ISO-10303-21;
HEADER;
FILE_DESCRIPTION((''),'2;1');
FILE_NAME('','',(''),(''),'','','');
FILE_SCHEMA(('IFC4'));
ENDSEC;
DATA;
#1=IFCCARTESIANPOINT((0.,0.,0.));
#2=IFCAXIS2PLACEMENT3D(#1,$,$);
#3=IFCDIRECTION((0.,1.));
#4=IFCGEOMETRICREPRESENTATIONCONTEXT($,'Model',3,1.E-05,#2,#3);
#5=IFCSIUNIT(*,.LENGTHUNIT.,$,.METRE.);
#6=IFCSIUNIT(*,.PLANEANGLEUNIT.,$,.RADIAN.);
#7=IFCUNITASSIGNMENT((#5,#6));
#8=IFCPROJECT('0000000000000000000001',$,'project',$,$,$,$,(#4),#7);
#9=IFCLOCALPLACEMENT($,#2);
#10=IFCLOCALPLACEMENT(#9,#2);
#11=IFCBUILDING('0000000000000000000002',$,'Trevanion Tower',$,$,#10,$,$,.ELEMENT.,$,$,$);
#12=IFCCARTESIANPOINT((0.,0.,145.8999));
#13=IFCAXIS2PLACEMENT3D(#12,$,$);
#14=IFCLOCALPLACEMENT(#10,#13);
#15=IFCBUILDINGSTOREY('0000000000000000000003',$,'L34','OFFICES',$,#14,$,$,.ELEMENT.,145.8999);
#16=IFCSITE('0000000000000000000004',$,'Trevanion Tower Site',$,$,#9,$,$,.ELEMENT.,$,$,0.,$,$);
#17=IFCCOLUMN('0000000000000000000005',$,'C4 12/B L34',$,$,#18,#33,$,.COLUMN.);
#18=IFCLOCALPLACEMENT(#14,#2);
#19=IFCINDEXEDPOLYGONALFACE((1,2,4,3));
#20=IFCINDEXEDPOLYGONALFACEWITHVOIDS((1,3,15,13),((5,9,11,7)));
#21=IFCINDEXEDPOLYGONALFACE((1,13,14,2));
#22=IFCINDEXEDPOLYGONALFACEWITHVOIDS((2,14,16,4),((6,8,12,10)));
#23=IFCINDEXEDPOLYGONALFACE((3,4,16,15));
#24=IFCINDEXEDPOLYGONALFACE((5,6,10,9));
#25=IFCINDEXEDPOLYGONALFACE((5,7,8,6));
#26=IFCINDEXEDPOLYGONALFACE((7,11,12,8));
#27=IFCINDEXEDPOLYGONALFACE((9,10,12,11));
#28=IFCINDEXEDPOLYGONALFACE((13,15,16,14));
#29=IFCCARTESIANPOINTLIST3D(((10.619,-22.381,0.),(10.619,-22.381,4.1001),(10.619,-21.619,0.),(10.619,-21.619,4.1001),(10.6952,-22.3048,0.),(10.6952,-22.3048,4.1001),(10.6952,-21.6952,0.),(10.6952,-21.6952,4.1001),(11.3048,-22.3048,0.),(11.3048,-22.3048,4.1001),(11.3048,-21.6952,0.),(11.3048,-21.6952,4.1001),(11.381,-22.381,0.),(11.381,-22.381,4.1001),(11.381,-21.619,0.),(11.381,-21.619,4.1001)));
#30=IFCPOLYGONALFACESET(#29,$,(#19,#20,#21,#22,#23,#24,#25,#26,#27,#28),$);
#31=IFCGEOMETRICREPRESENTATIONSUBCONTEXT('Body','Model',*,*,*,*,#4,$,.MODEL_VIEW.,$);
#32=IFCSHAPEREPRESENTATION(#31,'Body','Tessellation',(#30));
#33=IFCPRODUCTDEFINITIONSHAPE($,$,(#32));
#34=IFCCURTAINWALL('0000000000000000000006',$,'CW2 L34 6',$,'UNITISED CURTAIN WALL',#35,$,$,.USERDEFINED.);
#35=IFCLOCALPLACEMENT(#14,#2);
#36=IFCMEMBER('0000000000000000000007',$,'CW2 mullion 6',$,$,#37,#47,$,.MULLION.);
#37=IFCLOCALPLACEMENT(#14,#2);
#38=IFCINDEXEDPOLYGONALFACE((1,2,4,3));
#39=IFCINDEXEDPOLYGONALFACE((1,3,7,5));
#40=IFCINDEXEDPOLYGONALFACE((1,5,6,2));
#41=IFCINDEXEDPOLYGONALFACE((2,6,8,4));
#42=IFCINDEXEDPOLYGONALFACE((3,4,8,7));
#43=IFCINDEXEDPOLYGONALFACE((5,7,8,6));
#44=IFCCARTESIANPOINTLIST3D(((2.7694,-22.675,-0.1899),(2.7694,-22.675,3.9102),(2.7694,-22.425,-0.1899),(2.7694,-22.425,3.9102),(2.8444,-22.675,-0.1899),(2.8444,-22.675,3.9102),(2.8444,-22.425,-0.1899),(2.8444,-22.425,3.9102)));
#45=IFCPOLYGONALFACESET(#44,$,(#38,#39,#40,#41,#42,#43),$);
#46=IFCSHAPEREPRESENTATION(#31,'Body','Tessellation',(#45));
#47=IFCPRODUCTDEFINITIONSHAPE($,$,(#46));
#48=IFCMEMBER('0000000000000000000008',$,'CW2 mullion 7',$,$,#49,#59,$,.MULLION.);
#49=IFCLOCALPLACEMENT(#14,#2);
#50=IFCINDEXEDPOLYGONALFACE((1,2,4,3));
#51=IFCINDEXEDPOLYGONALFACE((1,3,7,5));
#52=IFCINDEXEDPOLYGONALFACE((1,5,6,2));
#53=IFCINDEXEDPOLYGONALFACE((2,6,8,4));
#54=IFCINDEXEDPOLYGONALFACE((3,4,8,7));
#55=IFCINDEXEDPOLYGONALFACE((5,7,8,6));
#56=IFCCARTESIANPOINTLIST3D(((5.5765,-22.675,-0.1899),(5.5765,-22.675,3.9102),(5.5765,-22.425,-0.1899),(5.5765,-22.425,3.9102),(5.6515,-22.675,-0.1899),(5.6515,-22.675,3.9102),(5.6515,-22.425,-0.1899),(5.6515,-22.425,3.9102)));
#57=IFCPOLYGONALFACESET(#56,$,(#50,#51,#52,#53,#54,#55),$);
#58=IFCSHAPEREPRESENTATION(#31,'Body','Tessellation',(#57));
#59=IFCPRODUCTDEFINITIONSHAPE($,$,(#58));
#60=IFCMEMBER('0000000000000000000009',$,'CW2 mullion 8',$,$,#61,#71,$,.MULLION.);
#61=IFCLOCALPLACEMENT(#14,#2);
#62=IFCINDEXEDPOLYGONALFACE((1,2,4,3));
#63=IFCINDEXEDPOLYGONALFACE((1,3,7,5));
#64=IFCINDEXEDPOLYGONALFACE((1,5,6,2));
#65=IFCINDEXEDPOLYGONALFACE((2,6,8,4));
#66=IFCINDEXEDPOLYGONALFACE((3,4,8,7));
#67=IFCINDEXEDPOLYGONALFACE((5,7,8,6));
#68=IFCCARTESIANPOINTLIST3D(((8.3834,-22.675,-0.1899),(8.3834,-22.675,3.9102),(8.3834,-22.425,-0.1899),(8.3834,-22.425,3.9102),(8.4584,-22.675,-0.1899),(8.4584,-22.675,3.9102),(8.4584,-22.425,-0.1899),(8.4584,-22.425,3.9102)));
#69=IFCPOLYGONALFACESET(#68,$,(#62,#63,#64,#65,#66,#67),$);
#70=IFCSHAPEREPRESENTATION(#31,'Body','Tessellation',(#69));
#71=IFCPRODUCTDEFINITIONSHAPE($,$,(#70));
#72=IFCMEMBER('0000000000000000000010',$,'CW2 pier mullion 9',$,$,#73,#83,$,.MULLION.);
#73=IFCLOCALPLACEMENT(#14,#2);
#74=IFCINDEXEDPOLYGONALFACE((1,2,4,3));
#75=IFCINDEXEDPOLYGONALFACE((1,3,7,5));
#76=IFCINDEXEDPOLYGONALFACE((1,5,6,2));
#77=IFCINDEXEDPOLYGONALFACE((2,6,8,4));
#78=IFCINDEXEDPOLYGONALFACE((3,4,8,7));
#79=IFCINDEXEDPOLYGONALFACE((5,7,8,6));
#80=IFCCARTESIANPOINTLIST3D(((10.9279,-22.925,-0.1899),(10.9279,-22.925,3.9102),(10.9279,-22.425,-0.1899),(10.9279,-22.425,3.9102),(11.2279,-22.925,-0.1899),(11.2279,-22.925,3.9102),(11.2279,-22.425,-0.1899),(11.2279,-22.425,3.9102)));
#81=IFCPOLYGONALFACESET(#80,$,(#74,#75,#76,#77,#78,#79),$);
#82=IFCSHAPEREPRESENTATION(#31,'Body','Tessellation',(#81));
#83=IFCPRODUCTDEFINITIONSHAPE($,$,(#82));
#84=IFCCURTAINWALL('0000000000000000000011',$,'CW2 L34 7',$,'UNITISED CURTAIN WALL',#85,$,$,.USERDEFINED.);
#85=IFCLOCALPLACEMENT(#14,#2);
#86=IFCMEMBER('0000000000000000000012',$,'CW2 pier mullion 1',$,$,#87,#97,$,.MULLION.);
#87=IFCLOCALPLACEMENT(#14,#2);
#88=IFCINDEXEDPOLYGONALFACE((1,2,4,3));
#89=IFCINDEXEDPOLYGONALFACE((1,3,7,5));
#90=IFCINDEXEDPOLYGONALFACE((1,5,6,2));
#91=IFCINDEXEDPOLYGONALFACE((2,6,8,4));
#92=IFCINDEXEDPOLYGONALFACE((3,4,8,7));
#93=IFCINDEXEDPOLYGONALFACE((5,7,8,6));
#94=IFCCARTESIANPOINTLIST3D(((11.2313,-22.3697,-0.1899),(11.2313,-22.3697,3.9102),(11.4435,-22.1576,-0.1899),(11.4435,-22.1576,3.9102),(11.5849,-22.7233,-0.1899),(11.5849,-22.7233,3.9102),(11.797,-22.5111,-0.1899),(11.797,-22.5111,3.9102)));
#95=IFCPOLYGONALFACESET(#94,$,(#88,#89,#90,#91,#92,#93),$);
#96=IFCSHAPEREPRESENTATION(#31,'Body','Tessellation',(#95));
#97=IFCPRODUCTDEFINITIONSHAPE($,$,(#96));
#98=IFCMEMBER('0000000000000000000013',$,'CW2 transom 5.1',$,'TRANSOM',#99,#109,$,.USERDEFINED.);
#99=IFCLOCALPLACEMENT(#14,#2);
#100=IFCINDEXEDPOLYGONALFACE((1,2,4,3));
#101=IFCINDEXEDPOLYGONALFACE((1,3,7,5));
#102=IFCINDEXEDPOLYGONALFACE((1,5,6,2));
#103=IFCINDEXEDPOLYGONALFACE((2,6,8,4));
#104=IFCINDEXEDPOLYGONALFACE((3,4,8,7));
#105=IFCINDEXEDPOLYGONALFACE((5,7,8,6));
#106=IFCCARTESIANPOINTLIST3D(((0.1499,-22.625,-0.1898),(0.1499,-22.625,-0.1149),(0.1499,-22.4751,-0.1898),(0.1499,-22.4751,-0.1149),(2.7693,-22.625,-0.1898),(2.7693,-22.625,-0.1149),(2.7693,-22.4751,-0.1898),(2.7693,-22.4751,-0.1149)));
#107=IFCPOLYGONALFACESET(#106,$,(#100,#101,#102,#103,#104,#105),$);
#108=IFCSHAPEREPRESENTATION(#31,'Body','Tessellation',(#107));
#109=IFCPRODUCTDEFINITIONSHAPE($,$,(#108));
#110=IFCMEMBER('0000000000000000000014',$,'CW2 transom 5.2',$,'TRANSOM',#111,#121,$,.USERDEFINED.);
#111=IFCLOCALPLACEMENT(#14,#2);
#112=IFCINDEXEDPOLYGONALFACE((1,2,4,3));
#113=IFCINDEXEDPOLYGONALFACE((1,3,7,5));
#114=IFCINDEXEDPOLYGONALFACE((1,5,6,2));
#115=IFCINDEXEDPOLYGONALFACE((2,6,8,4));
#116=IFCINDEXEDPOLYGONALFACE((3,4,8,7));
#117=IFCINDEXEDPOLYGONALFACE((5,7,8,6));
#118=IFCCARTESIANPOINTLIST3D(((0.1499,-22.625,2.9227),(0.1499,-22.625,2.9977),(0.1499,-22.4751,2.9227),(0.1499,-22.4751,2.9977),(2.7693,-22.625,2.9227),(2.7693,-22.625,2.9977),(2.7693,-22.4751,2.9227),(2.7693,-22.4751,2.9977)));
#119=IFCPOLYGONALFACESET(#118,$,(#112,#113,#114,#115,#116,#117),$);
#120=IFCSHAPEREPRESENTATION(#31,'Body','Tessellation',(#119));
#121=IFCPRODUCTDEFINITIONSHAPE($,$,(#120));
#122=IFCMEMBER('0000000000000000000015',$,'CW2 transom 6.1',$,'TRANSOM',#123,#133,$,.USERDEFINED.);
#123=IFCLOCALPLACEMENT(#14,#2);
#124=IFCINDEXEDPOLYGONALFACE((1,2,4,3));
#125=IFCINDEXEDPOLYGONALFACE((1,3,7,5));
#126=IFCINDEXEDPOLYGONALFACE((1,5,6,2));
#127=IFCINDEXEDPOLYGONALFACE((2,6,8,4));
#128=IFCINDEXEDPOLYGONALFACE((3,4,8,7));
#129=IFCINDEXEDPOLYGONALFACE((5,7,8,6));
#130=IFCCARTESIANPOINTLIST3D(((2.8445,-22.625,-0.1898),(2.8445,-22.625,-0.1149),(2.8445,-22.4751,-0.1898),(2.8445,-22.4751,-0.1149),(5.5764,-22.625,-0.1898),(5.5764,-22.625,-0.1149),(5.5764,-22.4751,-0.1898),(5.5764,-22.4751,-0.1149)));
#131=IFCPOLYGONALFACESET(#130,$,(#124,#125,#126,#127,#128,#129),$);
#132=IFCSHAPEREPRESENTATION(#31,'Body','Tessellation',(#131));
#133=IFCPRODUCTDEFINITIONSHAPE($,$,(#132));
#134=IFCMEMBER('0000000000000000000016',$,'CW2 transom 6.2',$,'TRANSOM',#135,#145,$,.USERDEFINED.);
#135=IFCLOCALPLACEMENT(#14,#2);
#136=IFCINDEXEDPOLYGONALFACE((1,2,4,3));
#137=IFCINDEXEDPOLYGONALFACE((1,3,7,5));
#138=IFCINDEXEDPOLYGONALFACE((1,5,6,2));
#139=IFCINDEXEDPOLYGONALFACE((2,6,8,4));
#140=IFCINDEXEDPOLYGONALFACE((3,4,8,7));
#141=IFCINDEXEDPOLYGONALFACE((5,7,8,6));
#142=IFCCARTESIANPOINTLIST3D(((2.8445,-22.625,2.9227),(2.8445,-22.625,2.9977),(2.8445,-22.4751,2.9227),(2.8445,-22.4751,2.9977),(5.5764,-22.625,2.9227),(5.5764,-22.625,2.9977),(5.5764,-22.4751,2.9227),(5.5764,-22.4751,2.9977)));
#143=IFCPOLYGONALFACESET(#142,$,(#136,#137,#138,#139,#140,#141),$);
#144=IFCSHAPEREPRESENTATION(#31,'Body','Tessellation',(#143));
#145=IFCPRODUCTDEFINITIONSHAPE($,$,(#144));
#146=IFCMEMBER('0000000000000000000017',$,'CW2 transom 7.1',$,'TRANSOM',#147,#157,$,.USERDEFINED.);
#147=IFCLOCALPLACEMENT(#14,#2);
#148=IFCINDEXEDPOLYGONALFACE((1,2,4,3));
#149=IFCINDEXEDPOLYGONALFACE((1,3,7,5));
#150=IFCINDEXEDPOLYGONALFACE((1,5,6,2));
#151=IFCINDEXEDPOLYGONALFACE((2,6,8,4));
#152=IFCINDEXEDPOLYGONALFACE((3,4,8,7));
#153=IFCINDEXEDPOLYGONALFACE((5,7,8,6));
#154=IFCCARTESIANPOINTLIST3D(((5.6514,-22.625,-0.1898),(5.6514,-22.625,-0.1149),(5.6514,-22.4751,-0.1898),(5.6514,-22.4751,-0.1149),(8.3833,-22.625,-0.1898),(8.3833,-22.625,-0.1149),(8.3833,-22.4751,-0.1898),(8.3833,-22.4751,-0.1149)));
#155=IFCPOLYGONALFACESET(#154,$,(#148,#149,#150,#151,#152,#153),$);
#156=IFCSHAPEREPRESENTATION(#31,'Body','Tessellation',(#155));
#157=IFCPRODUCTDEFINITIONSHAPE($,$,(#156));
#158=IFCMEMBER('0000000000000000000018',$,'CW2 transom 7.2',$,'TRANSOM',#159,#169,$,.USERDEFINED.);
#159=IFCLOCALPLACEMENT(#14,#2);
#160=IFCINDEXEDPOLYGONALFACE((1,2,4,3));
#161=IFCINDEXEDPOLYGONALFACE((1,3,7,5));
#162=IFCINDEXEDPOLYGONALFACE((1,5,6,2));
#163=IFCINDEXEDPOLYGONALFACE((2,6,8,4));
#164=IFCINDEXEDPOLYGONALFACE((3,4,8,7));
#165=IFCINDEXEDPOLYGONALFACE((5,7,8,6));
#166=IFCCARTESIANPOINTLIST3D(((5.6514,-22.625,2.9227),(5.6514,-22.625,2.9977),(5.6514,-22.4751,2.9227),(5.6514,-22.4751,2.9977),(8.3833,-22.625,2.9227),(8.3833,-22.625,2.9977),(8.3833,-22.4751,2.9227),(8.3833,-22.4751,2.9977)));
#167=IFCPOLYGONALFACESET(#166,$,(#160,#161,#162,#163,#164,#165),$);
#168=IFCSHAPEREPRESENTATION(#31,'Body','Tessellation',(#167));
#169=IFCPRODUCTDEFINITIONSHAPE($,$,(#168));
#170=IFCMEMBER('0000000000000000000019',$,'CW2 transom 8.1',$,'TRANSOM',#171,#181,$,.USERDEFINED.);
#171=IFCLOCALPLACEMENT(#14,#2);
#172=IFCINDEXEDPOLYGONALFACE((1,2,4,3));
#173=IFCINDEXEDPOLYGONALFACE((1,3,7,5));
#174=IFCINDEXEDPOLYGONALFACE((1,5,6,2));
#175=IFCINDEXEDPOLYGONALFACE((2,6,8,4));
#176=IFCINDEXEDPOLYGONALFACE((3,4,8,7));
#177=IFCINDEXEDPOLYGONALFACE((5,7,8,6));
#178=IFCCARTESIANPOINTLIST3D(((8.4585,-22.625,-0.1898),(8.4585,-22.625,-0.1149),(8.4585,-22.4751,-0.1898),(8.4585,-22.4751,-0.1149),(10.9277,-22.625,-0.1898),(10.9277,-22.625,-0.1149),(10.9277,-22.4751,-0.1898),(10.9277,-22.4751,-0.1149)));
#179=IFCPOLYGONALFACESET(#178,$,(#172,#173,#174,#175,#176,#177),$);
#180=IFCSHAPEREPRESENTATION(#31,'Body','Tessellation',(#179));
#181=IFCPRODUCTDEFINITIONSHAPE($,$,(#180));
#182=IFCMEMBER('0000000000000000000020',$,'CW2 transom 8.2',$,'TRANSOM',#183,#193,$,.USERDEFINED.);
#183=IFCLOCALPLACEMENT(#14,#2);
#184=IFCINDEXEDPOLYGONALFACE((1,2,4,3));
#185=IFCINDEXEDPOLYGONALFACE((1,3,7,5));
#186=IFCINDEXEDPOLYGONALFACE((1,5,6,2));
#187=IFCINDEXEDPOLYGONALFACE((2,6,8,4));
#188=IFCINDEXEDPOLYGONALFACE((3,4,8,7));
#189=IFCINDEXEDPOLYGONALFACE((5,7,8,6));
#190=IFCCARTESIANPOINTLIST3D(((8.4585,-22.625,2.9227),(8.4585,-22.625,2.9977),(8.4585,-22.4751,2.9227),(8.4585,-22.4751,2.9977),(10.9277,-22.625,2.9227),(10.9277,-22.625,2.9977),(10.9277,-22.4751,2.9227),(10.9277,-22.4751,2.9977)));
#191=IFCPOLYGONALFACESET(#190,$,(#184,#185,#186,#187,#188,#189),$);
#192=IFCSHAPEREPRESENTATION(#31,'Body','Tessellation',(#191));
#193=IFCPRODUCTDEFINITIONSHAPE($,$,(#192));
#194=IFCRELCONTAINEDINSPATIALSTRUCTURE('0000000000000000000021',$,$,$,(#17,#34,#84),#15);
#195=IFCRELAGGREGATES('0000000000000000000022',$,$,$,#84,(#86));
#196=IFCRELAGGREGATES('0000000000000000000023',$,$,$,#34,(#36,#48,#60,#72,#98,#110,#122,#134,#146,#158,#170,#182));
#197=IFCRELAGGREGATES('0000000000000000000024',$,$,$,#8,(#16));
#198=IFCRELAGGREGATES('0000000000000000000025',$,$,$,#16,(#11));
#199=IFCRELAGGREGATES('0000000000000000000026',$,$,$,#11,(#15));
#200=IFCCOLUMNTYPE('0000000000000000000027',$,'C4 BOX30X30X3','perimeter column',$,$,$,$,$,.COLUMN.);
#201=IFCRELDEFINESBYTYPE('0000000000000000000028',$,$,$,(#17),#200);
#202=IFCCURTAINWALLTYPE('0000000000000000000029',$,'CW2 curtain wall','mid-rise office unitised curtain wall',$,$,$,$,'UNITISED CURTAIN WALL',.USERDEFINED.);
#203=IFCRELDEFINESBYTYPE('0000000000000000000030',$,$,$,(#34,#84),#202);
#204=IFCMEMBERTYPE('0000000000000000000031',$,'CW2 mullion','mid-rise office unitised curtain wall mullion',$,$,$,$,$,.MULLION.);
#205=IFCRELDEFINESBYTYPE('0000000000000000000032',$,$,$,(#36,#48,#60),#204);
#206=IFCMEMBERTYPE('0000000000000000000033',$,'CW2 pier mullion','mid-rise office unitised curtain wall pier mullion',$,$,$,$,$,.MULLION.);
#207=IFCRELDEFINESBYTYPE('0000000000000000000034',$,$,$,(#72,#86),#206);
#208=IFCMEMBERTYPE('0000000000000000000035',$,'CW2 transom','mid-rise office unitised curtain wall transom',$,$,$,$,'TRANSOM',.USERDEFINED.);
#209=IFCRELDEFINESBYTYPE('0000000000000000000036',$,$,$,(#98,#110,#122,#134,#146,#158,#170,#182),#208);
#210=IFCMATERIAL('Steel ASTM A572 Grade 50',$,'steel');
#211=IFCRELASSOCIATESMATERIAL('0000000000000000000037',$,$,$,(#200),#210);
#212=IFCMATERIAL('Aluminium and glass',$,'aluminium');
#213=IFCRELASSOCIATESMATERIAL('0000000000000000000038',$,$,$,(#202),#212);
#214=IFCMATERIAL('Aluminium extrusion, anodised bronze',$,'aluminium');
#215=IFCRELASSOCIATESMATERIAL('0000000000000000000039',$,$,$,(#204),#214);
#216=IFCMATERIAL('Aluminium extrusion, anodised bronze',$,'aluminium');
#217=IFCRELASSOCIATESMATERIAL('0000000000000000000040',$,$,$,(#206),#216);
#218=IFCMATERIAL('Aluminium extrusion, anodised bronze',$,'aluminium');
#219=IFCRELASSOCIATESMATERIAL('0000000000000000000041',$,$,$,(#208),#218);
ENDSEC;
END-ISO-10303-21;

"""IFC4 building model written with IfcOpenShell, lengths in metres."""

from ifc_helpers import new_model, si_unit, direction, frame, origin, origin_2d, place, context, subcontext, project, spatial, rectangle, hollow_rectangle, extrude, material, material_profile, profile_set, type_object, element, aggregate, save


model = new_model("IFC4")

# Units and contexts
model_context = context("Model", 3, precision=1e-05, world=origin(), true_north=direction((0.0, 1.0)))
body_context = subcontext(model_context, "Body", "Model", "MODEL_VIEW")
ifc_project = project(units=[si_unit("LENGTHUNIT", "METRE"), si_unit("PLANEANGLEUNIT", "RADIAN")], contexts=[model_context])

# Site, building, storey
site_placement = place(None, origin())
site = spatial("IfcSite", under=ifc_project, at=site_placement, Name="Trevanion Tower Site", CompositionType="ELEMENT", RefElevation=0.0)
building_placement = place(site_placement, origin())
building = spatial("IfcBuilding", under=site, at=building_placement, Name="Trevanion Tower", CompositionType="ELEMENT")
storey_placement = place(building_placement, frame((0.0, 0.0, 145.8999)))
storey = spatial("IfcBuildingStorey", under=building, at=storey_placement, Name="L34", Description="OFFICES", CompositionType="ELEMENT", Elevation=145.8999)

# Column
ifc_material_1 = material(Name="Steel ASTM A572 Grade 50", Category="steel")
ifc_material_profile_1 = material_profile(ifc_material_1, hollow_rectangle(XDim=0.762, YDim=0.762, WallThickness=0.0762, at=origin_2d()), Name="BOX30X30X3")
ifc_profile_set_1 = profile_set([ifc_material_profile_1], Name="Steel ASTM A572 Grade 50")
column_type = type_object("IfcColumnType", Name="C4 BOX30X30X3", Description="perimeter column", PredefinedType="COLUMN", material=ifc_profile_set_1)
column_placement = place(storey_placement, frame((11.0, -22.0, 0.0), z_axis=(0.0, 0.0, 1.0), x_axis=(1.0, 0.0, 0.0)))
element("IfcColumn", 1, at=column_placement, inside=storey, type_object=column_type, Name="C4 12/B L34", PredefinedType="COLUMN", context=body_context, shape_type="SweptSolid", body=[
    extrude(hollow_rectangle(XDim=0.762, YDim=0.762, WallThickness=0.0762, at=origin_2d()), origin(), (0.0, 0.0, 1.0), 4.1001),
])

# Curtain wall, members
ifc_material_2 = material(Name="Aluminium and glass", Category="aluminium")
curtain_wall_type = type_object("IfcCurtainWallType", Name="CW2 curtain wall", Description="mid-rise office unitised curtain wall", ElementType="UNITISED CURTAIN WALL", PredefinedType="USERDEFINED", material=ifc_material_2)
curtain_wall_1_placement = place(storey_placement, origin())
curtain_wall_1 = element("IfcCurtainWall", 2, at=curtain_wall_1_placement, inside=storey, type_object=curtain_wall_type, Name="CW2 L34 6", ObjectType="UNITISED CURTAIN WALL", PredefinedType="USERDEFINED")
ifc_material_3 = material(Name="Aluminium extrusion, anodised bronze", Category="aluminium")
ifc_material_profile_2 = material_profile(ifc_material_3, rectangle(XDim=0.075, YDim=0.25, at=origin_2d()), Name="CW2 mullion")
ifc_profile_set_2 = profile_set([ifc_material_profile_2], Name="Aluminium extrusion, anodised bronze")
member_type_1 = type_object("IfcMemberType", Name="CW2 mullion", Description="mid-rise office unitised curtain wall mullion", PredefinedType="MULLION", material=ifc_profile_set_2)
member_1_placement = place(storey_placement, frame((2.8069, -22.55, -0.1899), z_axis=(0.0, 0.0, 1.0), x_axis=(1.0, 0.0, 0.0)))
member_1 = element("IfcMember", 3, at=member_1_placement, type_object=member_type_1, Name="CW2 mullion 6", PredefinedType="MULLION", context=body_context, shape_type="SweptSolid", body=[
    extrude(rectangle(XDim=0.075, YDim=0.25, at=origin_2d()), origin(), (0.0, 0.0, 1.0), 4.1001),
])
member_2_placement = place(storey_placement, frame((5.614, -22.55, -0.1899), z_axis=(0.0, 0.0, 1.0), x_axis=(1.0, 0.0, 0.0)))
member_2 = element("IfcMember", 4, at=member_2_placement, type_object=member_type_1, Name="CW2 mullion 7", PredefinedType="MULLION", context=body_context, shape_type="SweptSolid", body=[
    extrude(rectangle(XDim=0.075, YDim=0.25, at=origin_2d()), origin(), (0.0, 0.0, 1.0), 4.1001),
])
member_3_placement = place(storey_placement, frame((8.4209, -22.55, -0.1899), z_axis=(0.0, 0.0, 1.0), x_axis=(1.0, 0.0, 0.0)))
member_3 = element("IfcMember", 5, at=member_3_placement, type_object=member_type_1, Name="CW2 mullion 8", PredefinedType="MULLION", context=body_context, shape_type="SweptSolid", body=[
    extrude(rectangle(XDim=0.075, YDim=0.25, at=origin_2d()), origin(), (0.0, 0.0, 1.0), 4.1001),
])
ifc_material_4 = material(Name="Aluminium extrusion, anodised bronze", Category="aluminium")
ifc_material_profile_3 = material_profile(ifc_material_4, rectangle(XDim=0.3, YDim=0.5, at=origin_2d()), Name="CW2 pier mullion")
ifc_profile_set_3 = profile_set([ifc_material_profile_3], Name="Aluminium extrusion, anodised bronze")
member_type_2 = type_object("IfcMemberType", Name="CW2 pier mullion", Description="mid-rise office unitised curtain wall pier mullion", PredefinedType="MULLION", material=ifc_profile_set_3)
member_4_placement = place(storey_placement, frame((11.0779, -22.675, -0.1899), z_axis=(0.0, 0.0, 1.0), x_axis=(1.0, 0.0, 0.0)))
member_4 = element("IfcMember", 6, at=member_4_placement, type_object=member_type_2, Name="CW2 pier mullion 9", PredefinedType="MULLION", context=body_context, shape_type="SweptSolid", body=[
    extrude(rectangle(XDim=0.3, YDim=0.5, at=origin_2d()), origin(), (0.0, 0.0, 1.0), 4.1001),
])

# Curtain wall, member
curtain_wall_2_placement = place(storey_placement, origin())
curtain_wall_2 = element("IfcCurtainWall", 7, at=curtain_wall_2_placement, inside=storey, type_object=curtain_wall_type, Name="CW2 L34 7", ObjectType="UNITISED CURTAIN WALL", PredefinedType="USERDEFINED")
member_5_placement = place(storey_placement, frame((11.5142, -22.4404, -0.1899), z_axis=(0.0, 0.0, 1.0), x_axis=(0.707107, 0.707107, 0.0)))
member_5 = element("IfcMember", 8, at=member_5_placement, type_object=member_type_2, Name="CW2 pier mullion 1", PredefinedType="MULLION", context=body_context, shape_type="SweptSolid", body=[
    extrude(rectangle(XDim=0.3, YDim=0.5, at=origin_2d()), origin(), (0.0, 0.0, 1.0), 4.1001),
])

# Members
ifc_material_5 = material(Name="Aluminium extrusion, anodised bronze", Category="aluminium")
ifc_material_profile_4 = material_profile(ifc_material_5, rectangle(XDim=0.1499, YDim=0.075, at=origin_2d()), Name="CW2 transom")
ifc_profile_set_4 = profile_set([ifc_material_profile_4], Name="Aluminium extrusion, anodised bronze")
member_type_3 = type_object("IfcMemberType", Name="CW2 transom", Description="mid-rise office unitised curtain wall transom", ElementType="TRANSOM", PredefinedType="USERDEFINED", material=ifc_profile_set_4)
member_6_placement = place(storey_placement, frame((0.1499, -22.55, -0.1523), z_axis=(1.0, 0.0, 0.0), x_axis=(0.0, 1.0, 0.0)))
member_6 = element("IfcMember", 9, at=member_6_placement, type_object=member_type_3, Name="CW2 transom 5.1", ObjectType="TRANSOM", PredefinedType="USERDEFINED", context=body_context, shape_type="SweptSolid", body=[
    extrude(rectangle(XDim=0.1499, YDim=0.075, at=origin_2d()), origin(), (0.0, 0.0, 1.0), 2.6194),
])
member_7_placement = place(storey_placement, frame((0.1499, -22.55, 2.9602), z_axis=(1.0, 0.0, 0.0), x_axis=(0.0, 1.0, 0.0)))
member_7 = element("IfcMember", 10, at=member_7_placement, type_object=member_type_3, Name="CW2 transom 5.2", ObjectType="TRANSOM", PredefinedType="USERDEFINED", context=body_context, shape_type="SweptSolid", body=[
    extrude(rectangle(XDim=0.1499, YDim=0.075, at=origin_2d()), origin(), (0.0, 0.0, 1.0), 2.6194),
])
member_8_placement = place(storey_placement, frame((2.8445, -22.55, -0.1523), z_axis=(1.0, 0.0, 0.0), x_axis=(0.0, 1.0, 0.0)))
member_8 = element("IfcMember", 11, at=member_8_placement, type_object=member_type_3, Name="CW2 transom 6.1", ObjectType="TRANSOM", PredefinedType="USERDEFINED", context=body_context, shape_type="SweptSolid", body=[
    extrude(rectangle(XDim=0.1499, YDim=0.075, at=origin_2d()), origin(), (0.0, 0.0, 1.0), 2.7319),
])
member_9_placement = place(storey_placement, frame((2.8445, -22.55, 2.9602), z_axis=(1.0, 0.0, 0.0), x_axis=(0.0, 1.0, 0.0)))
member_9 = element("IfcMember", 12, at=member_9_placement, type_object=member_type_3, Name="CW2 transom 6.2", ObjectType="TRANSOM", PredefinedType="USERDEFINED", context=body_context, shape_type="SweptSolid", body=[
    extrude(rectangle(XDim=0.1499, YDim=0.075, at=origin_2d()), origin(), (0.0, 0.0, 1.0), 2.7319),
])
member_10_placement = place(storey_placement, frame((5.6514, -22.55, -0.1523), z_axis=(1.0, 0.0, 0.0), x_axis=(0.0, 1.0, 0.0)))
member_10 = element("IfcMember", 13, at=member_10_placement, type_object=member_type_3, Name="CW2 transom 7.1", ObjectType="TRANSOM", PredefinedType="USERDEFINED", context=body_context, shape_type="SweptSolid", body=[
    extrude(rectangle(XDim=0.1499, YDim=0.075, at=origin_2d()), origin(), (0.0, 0.0, 1.0), 2.7319),
])
member_11_placement = place(storey_placement, frame((5.6514, -22.55, 2.9602), z_axis=(1.0, 0.0, 0.0), x_axis=(0.0, 1.0, 0.0)))
member_11 = element("IfcMember", 14, at=member_11_placement, type_object=member_type_3, Name="CW2 transom 7.2", ObjectType="TRANSOM", PredefinedType="USERDEFINED", context=body_context, shape_type="SweptSolid", body=[
    extrude(rectangle(XDim=0.1499, YDim=0.075, at=origin_2d()), origin(), (0.0, 0.0, 1.0), 2.7319),
])
member_12_placement = place(storey_placement, frame((8.4585, -22.55, -0.1523), z_axis=(1.0, 0.0, 0.0), x_axis=(0.0, 1.0, 0.0)))
member_12 = element("IfcMember", 15, at=member_12_placement, type_object=member_type_3, Name="CW2 transom 8.1", ObjectType="TRANSOM", PredefinedType="USERDEFINED", context=body_context, shape_type="SweptSolid", body=[
    extrude(rectangle(XDim=0.1499, YDim=0.075, at=origin_2d()), origin(), (0.0, 0.0, 1.0), 2.4692),
])
member_13_placement = place(storey_placement, frame((8.4585, -22.55, 2.9602), z_axis=(1.0, 0.0, 0.0), x_axis=(0.0, 1.0, 0.0)))
member_13 = element("IfcMember", 16, at=member_13_placement, type_object=member_type_3, Name="CW2 transom 8.2", ObjectType="TRANSOM", PredefinedType="USERDEFINED", context=body_context, shape_type="SweptSolid", body=[
    extrude(rectangle(XDim=0.1499, YDim=0.075, at=origin_2d()), origin(), (0.0, 0.0, 1.0), 2.4692),
])
aggregate(curtain_wall_2, [member_5])

aggregate(curtain_wall_1, [member_1, member_2, member_3, member_4, member_6, member_7, member_8, member_9, member_10, member_11, member_12, member_13])

save(model, "model.ifc")
